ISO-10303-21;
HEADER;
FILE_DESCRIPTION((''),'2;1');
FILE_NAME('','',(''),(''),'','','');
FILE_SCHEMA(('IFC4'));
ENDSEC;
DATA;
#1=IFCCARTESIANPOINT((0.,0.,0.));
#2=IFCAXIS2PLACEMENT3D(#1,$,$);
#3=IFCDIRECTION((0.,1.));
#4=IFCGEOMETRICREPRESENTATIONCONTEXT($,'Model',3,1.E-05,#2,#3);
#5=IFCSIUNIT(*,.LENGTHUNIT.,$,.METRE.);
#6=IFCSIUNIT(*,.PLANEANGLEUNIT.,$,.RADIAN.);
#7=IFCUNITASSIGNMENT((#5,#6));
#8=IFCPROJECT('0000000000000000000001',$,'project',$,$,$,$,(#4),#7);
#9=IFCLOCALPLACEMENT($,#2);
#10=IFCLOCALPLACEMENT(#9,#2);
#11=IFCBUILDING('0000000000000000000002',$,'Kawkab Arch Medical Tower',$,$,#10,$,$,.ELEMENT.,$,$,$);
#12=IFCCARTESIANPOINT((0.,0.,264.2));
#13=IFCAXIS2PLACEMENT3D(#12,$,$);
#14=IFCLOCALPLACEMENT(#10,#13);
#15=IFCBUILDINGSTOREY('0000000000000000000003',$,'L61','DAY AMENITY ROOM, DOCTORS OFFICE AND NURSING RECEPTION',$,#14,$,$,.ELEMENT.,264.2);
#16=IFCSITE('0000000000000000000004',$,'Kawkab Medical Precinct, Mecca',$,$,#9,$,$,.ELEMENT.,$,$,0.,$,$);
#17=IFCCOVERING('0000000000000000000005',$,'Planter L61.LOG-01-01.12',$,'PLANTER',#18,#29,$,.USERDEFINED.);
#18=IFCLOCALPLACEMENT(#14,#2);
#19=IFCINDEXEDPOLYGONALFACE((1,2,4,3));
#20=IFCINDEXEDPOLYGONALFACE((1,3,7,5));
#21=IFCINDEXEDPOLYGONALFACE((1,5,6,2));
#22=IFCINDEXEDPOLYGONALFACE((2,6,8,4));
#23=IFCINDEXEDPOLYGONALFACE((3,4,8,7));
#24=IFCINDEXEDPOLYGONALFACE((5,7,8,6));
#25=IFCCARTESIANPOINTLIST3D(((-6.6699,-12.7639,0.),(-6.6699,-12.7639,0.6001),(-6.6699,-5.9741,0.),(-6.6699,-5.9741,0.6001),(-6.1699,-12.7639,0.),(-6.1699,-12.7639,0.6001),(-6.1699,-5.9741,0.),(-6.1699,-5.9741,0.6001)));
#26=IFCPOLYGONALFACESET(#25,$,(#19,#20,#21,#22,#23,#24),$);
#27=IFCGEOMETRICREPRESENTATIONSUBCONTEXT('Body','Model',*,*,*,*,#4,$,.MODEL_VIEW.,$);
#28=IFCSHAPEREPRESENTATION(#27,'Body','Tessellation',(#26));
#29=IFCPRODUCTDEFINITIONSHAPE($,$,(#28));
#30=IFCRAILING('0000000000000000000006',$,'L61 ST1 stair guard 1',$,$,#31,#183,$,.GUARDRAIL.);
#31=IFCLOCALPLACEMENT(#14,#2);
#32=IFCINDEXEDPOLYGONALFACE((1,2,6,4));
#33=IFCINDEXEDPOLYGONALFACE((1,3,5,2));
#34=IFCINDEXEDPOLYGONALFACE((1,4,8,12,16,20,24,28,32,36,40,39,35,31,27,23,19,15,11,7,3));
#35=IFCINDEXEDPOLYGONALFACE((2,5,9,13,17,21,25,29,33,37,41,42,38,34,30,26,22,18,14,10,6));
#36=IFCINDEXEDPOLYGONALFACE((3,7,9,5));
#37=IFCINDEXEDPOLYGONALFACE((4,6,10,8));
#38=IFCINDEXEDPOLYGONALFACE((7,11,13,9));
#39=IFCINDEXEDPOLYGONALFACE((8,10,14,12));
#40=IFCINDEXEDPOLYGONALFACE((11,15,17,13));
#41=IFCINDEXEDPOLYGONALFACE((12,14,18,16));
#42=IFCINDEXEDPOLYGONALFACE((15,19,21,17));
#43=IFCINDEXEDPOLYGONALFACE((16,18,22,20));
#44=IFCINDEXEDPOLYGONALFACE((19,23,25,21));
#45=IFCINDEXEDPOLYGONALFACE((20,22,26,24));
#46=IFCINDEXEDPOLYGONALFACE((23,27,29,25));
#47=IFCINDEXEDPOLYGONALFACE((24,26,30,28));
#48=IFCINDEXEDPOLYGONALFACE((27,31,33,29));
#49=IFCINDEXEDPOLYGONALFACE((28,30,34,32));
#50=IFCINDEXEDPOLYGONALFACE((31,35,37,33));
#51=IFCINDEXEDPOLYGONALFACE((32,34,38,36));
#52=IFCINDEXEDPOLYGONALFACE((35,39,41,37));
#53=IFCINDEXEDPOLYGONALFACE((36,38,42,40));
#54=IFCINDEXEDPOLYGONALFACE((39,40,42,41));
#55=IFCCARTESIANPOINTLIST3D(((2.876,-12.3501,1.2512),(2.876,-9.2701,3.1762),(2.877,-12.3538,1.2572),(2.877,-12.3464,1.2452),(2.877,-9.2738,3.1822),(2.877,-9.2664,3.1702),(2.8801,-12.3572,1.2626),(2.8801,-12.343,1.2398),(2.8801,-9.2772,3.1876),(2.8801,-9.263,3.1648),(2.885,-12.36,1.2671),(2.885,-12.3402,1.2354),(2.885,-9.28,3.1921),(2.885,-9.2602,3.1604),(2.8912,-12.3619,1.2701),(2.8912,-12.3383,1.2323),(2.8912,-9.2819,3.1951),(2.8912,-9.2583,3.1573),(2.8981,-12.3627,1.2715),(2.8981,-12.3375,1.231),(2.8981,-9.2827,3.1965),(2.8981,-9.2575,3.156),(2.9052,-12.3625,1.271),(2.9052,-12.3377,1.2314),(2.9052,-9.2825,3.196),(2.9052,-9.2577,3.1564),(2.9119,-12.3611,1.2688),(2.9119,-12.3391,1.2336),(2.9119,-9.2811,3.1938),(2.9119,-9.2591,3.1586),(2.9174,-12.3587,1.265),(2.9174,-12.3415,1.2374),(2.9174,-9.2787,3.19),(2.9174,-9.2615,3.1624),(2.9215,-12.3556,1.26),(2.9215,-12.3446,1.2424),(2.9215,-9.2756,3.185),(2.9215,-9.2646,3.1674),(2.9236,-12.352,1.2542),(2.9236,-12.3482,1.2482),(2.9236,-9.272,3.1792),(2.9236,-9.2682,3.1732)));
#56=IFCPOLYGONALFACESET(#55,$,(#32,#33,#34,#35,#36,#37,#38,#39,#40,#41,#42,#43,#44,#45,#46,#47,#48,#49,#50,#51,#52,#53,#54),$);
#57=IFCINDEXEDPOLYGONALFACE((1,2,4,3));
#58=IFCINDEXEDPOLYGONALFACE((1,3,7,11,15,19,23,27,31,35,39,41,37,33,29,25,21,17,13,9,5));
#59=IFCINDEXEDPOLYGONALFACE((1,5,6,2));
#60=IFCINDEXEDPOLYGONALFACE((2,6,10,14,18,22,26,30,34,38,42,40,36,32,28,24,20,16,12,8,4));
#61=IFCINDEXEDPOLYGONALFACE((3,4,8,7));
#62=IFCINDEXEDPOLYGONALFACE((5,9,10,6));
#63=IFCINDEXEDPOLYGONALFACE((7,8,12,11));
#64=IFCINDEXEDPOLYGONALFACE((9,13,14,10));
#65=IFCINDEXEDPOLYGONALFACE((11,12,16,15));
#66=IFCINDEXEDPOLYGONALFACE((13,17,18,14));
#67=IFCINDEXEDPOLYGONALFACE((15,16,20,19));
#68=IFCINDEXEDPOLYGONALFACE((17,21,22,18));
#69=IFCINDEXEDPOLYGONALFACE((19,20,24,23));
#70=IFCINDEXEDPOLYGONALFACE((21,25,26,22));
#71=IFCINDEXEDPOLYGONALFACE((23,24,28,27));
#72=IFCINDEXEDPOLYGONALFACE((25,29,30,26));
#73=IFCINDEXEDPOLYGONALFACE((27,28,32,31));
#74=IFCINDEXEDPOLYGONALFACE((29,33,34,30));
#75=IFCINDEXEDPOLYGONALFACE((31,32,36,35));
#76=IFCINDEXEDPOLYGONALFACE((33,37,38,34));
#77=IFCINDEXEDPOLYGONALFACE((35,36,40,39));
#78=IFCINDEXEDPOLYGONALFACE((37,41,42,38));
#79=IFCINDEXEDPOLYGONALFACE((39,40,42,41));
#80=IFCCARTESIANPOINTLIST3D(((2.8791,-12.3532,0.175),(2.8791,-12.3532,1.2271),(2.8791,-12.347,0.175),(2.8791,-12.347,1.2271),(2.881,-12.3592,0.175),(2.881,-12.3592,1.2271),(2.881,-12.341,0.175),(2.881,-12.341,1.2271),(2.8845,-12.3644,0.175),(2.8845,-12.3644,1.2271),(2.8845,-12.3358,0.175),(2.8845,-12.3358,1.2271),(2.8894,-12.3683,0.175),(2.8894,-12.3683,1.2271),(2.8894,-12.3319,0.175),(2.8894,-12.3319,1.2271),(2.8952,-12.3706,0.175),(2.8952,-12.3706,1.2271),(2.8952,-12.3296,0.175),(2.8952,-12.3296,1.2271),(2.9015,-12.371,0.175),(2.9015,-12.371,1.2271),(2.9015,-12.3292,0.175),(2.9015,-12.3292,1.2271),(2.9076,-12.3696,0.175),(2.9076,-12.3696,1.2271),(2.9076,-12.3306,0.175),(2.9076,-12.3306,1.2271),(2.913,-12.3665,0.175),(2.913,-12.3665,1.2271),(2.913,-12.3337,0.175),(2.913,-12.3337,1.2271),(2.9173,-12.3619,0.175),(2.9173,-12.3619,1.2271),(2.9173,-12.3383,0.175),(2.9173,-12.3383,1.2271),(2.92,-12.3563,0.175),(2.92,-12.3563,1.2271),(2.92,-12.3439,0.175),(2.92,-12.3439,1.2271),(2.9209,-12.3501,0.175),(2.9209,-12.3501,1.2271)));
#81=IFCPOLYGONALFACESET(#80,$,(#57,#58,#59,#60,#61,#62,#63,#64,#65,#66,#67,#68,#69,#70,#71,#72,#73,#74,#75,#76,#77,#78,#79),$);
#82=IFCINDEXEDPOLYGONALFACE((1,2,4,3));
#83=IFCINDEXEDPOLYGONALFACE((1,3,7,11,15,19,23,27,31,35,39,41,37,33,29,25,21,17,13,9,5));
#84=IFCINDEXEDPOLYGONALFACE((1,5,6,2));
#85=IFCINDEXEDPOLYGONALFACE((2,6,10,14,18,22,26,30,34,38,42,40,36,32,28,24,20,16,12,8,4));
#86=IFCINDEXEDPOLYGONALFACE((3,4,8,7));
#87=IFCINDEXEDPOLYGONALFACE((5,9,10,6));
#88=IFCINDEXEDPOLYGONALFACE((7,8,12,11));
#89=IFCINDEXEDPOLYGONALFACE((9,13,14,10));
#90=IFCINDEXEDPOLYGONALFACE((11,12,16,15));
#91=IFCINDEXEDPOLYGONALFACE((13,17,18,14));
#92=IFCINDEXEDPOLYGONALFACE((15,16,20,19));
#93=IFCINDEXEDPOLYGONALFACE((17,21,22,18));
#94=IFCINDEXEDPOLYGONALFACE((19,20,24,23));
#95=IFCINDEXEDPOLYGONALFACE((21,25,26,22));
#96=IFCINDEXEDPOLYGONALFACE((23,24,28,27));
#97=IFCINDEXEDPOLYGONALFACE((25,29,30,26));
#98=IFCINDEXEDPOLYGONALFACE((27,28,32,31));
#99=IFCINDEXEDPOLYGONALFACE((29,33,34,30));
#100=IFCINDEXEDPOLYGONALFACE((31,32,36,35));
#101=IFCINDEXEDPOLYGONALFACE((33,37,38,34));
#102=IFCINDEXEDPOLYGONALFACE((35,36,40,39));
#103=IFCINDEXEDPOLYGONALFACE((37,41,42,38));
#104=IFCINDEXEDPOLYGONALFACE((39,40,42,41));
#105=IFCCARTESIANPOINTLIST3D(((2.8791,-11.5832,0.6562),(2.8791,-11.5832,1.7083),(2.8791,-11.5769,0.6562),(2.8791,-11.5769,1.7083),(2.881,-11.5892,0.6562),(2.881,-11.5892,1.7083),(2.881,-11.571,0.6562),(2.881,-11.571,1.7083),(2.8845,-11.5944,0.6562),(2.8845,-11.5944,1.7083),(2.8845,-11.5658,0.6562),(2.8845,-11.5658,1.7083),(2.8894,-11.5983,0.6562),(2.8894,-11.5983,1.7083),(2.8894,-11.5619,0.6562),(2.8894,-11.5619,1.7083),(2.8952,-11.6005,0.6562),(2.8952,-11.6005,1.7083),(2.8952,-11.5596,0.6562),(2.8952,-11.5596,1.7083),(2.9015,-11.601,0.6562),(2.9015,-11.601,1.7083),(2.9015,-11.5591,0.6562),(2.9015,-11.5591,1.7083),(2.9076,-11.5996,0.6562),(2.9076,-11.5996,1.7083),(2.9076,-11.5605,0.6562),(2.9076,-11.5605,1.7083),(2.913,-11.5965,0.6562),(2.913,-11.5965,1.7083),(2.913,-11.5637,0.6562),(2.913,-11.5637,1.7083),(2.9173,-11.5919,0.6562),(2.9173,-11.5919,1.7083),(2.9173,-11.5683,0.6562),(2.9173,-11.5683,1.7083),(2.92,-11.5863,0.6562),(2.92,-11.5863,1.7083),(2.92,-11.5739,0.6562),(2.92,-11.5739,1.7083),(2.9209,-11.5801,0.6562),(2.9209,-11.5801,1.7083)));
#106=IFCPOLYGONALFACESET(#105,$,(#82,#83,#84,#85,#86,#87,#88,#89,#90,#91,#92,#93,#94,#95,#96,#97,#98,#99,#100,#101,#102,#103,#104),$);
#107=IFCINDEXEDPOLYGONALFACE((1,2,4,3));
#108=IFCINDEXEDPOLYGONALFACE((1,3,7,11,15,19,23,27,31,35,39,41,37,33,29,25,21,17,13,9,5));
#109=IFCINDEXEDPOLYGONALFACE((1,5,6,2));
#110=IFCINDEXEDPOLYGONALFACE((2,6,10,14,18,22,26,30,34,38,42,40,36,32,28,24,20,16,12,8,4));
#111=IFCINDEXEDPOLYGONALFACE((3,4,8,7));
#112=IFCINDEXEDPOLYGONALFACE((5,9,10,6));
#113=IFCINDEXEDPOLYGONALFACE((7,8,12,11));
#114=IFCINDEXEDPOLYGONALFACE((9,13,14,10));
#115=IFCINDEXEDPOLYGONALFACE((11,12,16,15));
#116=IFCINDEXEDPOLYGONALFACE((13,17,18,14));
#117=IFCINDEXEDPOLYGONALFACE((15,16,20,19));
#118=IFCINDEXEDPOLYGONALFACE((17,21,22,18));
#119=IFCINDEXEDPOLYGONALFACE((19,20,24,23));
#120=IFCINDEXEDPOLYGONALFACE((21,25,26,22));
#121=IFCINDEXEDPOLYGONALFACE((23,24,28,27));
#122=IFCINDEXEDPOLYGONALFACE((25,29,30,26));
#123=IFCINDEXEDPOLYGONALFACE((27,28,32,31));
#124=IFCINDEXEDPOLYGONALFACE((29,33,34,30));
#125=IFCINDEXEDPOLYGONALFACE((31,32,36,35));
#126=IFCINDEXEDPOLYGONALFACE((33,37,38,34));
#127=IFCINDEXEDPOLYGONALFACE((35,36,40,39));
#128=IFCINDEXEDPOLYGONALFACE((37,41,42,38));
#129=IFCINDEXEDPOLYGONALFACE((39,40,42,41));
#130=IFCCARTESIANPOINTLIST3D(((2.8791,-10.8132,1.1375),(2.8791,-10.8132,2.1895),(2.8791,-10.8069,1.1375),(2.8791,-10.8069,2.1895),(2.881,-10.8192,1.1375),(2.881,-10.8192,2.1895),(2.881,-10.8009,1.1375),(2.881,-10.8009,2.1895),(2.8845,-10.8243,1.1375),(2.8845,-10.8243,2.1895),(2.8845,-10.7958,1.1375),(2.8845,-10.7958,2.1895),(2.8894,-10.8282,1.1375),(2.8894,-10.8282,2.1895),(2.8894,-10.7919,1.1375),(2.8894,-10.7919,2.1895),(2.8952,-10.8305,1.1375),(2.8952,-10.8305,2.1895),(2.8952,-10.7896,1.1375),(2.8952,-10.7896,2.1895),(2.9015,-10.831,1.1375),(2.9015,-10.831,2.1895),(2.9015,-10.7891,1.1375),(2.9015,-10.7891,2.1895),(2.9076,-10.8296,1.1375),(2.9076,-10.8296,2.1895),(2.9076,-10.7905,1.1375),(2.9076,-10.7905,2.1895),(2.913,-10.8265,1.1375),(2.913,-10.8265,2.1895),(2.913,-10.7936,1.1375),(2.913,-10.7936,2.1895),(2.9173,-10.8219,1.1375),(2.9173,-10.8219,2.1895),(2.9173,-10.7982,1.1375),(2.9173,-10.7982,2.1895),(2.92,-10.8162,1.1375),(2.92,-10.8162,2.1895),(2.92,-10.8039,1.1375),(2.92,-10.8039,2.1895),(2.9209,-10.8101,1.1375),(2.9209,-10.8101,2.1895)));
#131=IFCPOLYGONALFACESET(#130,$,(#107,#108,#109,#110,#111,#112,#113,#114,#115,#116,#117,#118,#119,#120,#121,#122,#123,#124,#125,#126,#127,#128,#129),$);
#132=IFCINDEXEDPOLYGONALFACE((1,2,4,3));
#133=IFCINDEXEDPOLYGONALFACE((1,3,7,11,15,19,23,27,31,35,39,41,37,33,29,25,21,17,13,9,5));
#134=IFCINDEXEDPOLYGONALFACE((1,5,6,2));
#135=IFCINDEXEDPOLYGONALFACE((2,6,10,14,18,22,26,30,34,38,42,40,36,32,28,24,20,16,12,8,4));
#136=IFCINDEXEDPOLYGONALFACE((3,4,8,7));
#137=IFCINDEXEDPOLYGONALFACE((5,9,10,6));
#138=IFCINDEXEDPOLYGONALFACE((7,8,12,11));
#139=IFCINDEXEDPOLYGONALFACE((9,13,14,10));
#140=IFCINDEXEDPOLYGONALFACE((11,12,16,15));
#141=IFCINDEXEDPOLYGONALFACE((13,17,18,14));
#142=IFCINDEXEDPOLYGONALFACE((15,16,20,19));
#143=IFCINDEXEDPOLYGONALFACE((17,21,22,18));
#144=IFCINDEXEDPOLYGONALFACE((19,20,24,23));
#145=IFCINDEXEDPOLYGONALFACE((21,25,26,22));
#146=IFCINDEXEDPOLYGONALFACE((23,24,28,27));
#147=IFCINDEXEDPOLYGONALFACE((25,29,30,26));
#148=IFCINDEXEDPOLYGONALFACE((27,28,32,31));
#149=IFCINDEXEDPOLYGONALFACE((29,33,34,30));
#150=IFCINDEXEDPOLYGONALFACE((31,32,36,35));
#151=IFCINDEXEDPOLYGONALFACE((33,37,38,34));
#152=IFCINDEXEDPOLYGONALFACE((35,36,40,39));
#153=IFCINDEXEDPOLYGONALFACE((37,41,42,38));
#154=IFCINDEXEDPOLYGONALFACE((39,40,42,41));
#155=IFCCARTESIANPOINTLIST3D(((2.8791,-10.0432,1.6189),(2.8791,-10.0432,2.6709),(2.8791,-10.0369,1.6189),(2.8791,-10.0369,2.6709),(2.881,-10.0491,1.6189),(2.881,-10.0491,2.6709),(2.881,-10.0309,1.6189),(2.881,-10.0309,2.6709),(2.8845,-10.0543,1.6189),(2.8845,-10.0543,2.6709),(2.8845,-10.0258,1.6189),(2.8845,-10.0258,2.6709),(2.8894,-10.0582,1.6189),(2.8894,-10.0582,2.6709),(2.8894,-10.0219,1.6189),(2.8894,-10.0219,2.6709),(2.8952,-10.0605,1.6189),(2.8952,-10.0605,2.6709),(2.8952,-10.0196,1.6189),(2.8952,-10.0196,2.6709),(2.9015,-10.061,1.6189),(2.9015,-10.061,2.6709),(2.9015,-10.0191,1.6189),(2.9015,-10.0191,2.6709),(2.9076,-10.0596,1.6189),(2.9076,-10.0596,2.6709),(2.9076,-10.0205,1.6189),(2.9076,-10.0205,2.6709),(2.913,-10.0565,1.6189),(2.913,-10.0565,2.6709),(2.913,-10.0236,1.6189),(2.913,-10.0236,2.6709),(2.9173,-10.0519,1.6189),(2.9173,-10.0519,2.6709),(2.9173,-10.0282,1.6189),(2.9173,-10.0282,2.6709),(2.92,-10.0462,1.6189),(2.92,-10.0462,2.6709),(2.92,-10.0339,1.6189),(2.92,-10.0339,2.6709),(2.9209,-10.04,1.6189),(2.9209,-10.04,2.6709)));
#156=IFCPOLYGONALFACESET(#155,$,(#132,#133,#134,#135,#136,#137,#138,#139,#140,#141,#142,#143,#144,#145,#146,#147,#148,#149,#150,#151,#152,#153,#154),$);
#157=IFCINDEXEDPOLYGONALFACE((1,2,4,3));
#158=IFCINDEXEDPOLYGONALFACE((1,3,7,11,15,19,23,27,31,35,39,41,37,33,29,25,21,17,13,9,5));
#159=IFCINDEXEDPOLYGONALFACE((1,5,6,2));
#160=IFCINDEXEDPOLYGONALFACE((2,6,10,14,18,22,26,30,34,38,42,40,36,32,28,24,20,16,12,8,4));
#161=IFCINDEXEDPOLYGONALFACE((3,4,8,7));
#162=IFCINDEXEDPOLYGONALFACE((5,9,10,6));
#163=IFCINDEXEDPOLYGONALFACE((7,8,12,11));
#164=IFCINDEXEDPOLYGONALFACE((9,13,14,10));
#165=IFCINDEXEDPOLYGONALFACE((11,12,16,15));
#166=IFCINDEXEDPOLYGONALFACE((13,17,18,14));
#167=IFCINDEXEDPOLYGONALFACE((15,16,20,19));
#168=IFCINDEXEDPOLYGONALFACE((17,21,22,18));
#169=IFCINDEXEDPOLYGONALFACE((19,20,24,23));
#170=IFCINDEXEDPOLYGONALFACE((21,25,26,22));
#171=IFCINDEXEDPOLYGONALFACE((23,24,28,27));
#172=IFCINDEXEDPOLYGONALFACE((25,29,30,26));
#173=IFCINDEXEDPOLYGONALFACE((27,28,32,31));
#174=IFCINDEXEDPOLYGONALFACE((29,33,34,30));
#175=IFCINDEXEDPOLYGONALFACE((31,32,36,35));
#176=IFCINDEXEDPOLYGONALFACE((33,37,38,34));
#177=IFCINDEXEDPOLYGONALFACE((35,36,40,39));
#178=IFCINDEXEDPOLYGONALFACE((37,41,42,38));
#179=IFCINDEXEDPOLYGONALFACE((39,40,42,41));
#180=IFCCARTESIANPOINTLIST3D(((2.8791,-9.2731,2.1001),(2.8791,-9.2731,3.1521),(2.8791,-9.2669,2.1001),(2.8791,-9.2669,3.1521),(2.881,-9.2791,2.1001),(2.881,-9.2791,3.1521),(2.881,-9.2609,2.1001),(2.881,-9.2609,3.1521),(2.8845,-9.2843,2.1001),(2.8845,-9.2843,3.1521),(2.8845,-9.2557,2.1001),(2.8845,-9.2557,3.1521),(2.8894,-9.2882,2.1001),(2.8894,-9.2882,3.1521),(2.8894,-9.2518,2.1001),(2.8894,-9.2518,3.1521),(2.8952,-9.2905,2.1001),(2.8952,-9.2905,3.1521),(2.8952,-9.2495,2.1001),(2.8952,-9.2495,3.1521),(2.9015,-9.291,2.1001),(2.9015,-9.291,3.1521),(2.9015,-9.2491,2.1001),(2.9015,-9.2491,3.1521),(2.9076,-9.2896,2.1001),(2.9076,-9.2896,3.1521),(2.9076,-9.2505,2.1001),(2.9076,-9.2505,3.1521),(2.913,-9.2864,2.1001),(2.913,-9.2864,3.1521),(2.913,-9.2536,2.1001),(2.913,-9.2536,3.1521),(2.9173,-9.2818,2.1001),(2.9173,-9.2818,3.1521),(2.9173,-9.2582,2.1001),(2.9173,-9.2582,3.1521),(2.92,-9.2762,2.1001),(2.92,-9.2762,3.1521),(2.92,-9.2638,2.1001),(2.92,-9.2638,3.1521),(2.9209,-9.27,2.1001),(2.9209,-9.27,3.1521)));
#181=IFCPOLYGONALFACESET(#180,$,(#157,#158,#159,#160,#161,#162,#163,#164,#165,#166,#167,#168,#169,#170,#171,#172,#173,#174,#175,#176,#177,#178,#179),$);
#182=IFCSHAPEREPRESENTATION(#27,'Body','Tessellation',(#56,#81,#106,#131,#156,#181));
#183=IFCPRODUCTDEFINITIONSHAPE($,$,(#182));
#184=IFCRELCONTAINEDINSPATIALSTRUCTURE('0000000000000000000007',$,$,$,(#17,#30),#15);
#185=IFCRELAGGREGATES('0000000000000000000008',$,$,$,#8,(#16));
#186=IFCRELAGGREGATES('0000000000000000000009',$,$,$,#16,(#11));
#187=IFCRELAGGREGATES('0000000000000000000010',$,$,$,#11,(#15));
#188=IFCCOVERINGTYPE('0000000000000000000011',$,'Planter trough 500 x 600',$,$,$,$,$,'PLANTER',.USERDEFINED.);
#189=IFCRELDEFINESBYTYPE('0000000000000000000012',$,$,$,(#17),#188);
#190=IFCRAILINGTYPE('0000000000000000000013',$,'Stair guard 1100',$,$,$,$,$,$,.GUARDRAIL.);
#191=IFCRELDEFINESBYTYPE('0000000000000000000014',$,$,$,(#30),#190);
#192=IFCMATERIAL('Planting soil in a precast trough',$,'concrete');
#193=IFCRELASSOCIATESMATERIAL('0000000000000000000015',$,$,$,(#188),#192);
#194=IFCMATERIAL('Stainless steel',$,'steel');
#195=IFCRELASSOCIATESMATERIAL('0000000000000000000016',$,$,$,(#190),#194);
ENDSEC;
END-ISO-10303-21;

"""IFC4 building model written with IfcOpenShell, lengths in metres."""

from ifc_helpers import new_model, si_unit, direction, frame, origin, origin_2d, place, context, subcontext, project, spatial, rectangle, circle, extrude, material, material_profile, profile_set, type_object, element, save


model = new_model("IFC4")

# Units and contexts
model_context = context("Model", 3, precision=1e-05, world=origin(), true_north=direction((0.0, 1.0)))
body_context = subcontext(model_context, "Body", "Model", "MODEL_VIEW")
ifc_project = project(units=[si_unit("LENGTHUNIT", "METRE"), si_unit("PLANEANGLEUNIT", "RADIAN")], contexts=[model_context])

# Site, building, storey
site_placement = place(None, origin())
site = spatial("IfcSite", under=ifc_project, at=site_placement, Name="Kawkab Medical Precinct, Mecca", CompositionType="ELEMENT", RefElevation=0.0)
building_placement = place(site_placement, origin())
building = spatial("IfcBuilding", under=site, at=building_placement, Name="Kawkab Arch Medical Tower", CompositionType="ELEMENT")
storey_placement = place(building_placement, frame((0.0, 0.0, 264.2)))
storey = spatial("IfcBuildingStorey", under=building, at=storey_placement, Name="L61", Description="DAY AMENITY ROOM, DOCTORS OFFICE AND NURSING RECEPTION", CompositionType="ELEMENT", Elevation=264.2)

# Covering
ifc_material_1 = material(Name="Planting soil in a precast trough", Category="concrete")
ifc_material_profile_1 = material_profile(ifc_material_1, rectangle(XDim=0.5, YDim=0.6001, at=origin_2d()), Name="Trough 500x600")
ifc_profile_set_1 = profile_set([ifc_material_profile_1], Name="Planting soil in a precast trough")
covering_type_1 = type_object("IfcCoveringType", Name="Planter trough 500 x 600", ElementType="PLANTER", PredefinedType="USERDEFINED", material=ifc_profile_set_1)
covering_1_placement = place(storey_placement, frame((-6.4199, -12.7639, 0.3), z_axis=(0.0, 1.0, 0.0), x_axis=(-1.0, 0.0, 0.0)))
element("IfcCovering", 1, at=covering_1_placement, inside=storey, type_object=covering_type_1, Name="Planter L61.LOG-01-01.12", ObjectType="PLANTER", PredefinedType="USERDEFINED", context=body_context, shape_type="SweptSolid", body=[
    extrude(rectangle(XDim=0.5, YDim=0.6001, at=origin_2d()), origin(), (0.0, 0.0, 1.0), 6.7898),
])

# Railing
ifc_material_2 = material(Name="Stainless steel", Category="steel")
railing_type_1 = type_object("IfcRailingType", Name="Stair guard 1100", PredefinedType="GUARDRAIL", material=ifc_material_2)
railing_1_placement = place(storey_placement, frame((2.8999, -12.3501, 0.175)))
element("IfcRailing", 2, at=railing_1_placement, inside=storey, type_object=railing_type_1, Name="L61 ST1 stair guard 1", PredefinedType="GUARDRAIL", context=body_context, shape_type="SweptSolid", body=[
    extrude(circle(Radius=0.0239, at=origin_2d()), frame((0.0, 0.0, 1.0762), z_axis=(0.0, 0.847998, 0.529999), x_axis=(-1.0, 0.0, 0.0)), (0.0, 0.0, 1.0), 3.6321),
    extrude(circle(Radius=0.021, at=origin_2d()), origin(), (0.0, 0.0, 1.0), 1.052),
    extrude(circle(Radius=0.021, at=origin_2d()), frame((0.0, 0.77, 0.4812)), (0.0, 0.0, 1.0), 1.052),
    extrude(circle(Radius=0.021, at=origin_2d()), frame((0.0, 1.54, 0.9624)), (0.0, 0.0, 1.0), 1.052),
    extrude(circle(Radius=0.021, at=origin_2d()), frame((0.0, 2.3101, 1.4438)), (0.0, 0.0, 1.0), 1.052),
    extrude(circle(Radius=0.021, at=origin_2d()), frame((0.0, 3.0801, 1.925)), (0.0, 0.0, 1.0), 1.052),
])

save(model, "model.ifc")
